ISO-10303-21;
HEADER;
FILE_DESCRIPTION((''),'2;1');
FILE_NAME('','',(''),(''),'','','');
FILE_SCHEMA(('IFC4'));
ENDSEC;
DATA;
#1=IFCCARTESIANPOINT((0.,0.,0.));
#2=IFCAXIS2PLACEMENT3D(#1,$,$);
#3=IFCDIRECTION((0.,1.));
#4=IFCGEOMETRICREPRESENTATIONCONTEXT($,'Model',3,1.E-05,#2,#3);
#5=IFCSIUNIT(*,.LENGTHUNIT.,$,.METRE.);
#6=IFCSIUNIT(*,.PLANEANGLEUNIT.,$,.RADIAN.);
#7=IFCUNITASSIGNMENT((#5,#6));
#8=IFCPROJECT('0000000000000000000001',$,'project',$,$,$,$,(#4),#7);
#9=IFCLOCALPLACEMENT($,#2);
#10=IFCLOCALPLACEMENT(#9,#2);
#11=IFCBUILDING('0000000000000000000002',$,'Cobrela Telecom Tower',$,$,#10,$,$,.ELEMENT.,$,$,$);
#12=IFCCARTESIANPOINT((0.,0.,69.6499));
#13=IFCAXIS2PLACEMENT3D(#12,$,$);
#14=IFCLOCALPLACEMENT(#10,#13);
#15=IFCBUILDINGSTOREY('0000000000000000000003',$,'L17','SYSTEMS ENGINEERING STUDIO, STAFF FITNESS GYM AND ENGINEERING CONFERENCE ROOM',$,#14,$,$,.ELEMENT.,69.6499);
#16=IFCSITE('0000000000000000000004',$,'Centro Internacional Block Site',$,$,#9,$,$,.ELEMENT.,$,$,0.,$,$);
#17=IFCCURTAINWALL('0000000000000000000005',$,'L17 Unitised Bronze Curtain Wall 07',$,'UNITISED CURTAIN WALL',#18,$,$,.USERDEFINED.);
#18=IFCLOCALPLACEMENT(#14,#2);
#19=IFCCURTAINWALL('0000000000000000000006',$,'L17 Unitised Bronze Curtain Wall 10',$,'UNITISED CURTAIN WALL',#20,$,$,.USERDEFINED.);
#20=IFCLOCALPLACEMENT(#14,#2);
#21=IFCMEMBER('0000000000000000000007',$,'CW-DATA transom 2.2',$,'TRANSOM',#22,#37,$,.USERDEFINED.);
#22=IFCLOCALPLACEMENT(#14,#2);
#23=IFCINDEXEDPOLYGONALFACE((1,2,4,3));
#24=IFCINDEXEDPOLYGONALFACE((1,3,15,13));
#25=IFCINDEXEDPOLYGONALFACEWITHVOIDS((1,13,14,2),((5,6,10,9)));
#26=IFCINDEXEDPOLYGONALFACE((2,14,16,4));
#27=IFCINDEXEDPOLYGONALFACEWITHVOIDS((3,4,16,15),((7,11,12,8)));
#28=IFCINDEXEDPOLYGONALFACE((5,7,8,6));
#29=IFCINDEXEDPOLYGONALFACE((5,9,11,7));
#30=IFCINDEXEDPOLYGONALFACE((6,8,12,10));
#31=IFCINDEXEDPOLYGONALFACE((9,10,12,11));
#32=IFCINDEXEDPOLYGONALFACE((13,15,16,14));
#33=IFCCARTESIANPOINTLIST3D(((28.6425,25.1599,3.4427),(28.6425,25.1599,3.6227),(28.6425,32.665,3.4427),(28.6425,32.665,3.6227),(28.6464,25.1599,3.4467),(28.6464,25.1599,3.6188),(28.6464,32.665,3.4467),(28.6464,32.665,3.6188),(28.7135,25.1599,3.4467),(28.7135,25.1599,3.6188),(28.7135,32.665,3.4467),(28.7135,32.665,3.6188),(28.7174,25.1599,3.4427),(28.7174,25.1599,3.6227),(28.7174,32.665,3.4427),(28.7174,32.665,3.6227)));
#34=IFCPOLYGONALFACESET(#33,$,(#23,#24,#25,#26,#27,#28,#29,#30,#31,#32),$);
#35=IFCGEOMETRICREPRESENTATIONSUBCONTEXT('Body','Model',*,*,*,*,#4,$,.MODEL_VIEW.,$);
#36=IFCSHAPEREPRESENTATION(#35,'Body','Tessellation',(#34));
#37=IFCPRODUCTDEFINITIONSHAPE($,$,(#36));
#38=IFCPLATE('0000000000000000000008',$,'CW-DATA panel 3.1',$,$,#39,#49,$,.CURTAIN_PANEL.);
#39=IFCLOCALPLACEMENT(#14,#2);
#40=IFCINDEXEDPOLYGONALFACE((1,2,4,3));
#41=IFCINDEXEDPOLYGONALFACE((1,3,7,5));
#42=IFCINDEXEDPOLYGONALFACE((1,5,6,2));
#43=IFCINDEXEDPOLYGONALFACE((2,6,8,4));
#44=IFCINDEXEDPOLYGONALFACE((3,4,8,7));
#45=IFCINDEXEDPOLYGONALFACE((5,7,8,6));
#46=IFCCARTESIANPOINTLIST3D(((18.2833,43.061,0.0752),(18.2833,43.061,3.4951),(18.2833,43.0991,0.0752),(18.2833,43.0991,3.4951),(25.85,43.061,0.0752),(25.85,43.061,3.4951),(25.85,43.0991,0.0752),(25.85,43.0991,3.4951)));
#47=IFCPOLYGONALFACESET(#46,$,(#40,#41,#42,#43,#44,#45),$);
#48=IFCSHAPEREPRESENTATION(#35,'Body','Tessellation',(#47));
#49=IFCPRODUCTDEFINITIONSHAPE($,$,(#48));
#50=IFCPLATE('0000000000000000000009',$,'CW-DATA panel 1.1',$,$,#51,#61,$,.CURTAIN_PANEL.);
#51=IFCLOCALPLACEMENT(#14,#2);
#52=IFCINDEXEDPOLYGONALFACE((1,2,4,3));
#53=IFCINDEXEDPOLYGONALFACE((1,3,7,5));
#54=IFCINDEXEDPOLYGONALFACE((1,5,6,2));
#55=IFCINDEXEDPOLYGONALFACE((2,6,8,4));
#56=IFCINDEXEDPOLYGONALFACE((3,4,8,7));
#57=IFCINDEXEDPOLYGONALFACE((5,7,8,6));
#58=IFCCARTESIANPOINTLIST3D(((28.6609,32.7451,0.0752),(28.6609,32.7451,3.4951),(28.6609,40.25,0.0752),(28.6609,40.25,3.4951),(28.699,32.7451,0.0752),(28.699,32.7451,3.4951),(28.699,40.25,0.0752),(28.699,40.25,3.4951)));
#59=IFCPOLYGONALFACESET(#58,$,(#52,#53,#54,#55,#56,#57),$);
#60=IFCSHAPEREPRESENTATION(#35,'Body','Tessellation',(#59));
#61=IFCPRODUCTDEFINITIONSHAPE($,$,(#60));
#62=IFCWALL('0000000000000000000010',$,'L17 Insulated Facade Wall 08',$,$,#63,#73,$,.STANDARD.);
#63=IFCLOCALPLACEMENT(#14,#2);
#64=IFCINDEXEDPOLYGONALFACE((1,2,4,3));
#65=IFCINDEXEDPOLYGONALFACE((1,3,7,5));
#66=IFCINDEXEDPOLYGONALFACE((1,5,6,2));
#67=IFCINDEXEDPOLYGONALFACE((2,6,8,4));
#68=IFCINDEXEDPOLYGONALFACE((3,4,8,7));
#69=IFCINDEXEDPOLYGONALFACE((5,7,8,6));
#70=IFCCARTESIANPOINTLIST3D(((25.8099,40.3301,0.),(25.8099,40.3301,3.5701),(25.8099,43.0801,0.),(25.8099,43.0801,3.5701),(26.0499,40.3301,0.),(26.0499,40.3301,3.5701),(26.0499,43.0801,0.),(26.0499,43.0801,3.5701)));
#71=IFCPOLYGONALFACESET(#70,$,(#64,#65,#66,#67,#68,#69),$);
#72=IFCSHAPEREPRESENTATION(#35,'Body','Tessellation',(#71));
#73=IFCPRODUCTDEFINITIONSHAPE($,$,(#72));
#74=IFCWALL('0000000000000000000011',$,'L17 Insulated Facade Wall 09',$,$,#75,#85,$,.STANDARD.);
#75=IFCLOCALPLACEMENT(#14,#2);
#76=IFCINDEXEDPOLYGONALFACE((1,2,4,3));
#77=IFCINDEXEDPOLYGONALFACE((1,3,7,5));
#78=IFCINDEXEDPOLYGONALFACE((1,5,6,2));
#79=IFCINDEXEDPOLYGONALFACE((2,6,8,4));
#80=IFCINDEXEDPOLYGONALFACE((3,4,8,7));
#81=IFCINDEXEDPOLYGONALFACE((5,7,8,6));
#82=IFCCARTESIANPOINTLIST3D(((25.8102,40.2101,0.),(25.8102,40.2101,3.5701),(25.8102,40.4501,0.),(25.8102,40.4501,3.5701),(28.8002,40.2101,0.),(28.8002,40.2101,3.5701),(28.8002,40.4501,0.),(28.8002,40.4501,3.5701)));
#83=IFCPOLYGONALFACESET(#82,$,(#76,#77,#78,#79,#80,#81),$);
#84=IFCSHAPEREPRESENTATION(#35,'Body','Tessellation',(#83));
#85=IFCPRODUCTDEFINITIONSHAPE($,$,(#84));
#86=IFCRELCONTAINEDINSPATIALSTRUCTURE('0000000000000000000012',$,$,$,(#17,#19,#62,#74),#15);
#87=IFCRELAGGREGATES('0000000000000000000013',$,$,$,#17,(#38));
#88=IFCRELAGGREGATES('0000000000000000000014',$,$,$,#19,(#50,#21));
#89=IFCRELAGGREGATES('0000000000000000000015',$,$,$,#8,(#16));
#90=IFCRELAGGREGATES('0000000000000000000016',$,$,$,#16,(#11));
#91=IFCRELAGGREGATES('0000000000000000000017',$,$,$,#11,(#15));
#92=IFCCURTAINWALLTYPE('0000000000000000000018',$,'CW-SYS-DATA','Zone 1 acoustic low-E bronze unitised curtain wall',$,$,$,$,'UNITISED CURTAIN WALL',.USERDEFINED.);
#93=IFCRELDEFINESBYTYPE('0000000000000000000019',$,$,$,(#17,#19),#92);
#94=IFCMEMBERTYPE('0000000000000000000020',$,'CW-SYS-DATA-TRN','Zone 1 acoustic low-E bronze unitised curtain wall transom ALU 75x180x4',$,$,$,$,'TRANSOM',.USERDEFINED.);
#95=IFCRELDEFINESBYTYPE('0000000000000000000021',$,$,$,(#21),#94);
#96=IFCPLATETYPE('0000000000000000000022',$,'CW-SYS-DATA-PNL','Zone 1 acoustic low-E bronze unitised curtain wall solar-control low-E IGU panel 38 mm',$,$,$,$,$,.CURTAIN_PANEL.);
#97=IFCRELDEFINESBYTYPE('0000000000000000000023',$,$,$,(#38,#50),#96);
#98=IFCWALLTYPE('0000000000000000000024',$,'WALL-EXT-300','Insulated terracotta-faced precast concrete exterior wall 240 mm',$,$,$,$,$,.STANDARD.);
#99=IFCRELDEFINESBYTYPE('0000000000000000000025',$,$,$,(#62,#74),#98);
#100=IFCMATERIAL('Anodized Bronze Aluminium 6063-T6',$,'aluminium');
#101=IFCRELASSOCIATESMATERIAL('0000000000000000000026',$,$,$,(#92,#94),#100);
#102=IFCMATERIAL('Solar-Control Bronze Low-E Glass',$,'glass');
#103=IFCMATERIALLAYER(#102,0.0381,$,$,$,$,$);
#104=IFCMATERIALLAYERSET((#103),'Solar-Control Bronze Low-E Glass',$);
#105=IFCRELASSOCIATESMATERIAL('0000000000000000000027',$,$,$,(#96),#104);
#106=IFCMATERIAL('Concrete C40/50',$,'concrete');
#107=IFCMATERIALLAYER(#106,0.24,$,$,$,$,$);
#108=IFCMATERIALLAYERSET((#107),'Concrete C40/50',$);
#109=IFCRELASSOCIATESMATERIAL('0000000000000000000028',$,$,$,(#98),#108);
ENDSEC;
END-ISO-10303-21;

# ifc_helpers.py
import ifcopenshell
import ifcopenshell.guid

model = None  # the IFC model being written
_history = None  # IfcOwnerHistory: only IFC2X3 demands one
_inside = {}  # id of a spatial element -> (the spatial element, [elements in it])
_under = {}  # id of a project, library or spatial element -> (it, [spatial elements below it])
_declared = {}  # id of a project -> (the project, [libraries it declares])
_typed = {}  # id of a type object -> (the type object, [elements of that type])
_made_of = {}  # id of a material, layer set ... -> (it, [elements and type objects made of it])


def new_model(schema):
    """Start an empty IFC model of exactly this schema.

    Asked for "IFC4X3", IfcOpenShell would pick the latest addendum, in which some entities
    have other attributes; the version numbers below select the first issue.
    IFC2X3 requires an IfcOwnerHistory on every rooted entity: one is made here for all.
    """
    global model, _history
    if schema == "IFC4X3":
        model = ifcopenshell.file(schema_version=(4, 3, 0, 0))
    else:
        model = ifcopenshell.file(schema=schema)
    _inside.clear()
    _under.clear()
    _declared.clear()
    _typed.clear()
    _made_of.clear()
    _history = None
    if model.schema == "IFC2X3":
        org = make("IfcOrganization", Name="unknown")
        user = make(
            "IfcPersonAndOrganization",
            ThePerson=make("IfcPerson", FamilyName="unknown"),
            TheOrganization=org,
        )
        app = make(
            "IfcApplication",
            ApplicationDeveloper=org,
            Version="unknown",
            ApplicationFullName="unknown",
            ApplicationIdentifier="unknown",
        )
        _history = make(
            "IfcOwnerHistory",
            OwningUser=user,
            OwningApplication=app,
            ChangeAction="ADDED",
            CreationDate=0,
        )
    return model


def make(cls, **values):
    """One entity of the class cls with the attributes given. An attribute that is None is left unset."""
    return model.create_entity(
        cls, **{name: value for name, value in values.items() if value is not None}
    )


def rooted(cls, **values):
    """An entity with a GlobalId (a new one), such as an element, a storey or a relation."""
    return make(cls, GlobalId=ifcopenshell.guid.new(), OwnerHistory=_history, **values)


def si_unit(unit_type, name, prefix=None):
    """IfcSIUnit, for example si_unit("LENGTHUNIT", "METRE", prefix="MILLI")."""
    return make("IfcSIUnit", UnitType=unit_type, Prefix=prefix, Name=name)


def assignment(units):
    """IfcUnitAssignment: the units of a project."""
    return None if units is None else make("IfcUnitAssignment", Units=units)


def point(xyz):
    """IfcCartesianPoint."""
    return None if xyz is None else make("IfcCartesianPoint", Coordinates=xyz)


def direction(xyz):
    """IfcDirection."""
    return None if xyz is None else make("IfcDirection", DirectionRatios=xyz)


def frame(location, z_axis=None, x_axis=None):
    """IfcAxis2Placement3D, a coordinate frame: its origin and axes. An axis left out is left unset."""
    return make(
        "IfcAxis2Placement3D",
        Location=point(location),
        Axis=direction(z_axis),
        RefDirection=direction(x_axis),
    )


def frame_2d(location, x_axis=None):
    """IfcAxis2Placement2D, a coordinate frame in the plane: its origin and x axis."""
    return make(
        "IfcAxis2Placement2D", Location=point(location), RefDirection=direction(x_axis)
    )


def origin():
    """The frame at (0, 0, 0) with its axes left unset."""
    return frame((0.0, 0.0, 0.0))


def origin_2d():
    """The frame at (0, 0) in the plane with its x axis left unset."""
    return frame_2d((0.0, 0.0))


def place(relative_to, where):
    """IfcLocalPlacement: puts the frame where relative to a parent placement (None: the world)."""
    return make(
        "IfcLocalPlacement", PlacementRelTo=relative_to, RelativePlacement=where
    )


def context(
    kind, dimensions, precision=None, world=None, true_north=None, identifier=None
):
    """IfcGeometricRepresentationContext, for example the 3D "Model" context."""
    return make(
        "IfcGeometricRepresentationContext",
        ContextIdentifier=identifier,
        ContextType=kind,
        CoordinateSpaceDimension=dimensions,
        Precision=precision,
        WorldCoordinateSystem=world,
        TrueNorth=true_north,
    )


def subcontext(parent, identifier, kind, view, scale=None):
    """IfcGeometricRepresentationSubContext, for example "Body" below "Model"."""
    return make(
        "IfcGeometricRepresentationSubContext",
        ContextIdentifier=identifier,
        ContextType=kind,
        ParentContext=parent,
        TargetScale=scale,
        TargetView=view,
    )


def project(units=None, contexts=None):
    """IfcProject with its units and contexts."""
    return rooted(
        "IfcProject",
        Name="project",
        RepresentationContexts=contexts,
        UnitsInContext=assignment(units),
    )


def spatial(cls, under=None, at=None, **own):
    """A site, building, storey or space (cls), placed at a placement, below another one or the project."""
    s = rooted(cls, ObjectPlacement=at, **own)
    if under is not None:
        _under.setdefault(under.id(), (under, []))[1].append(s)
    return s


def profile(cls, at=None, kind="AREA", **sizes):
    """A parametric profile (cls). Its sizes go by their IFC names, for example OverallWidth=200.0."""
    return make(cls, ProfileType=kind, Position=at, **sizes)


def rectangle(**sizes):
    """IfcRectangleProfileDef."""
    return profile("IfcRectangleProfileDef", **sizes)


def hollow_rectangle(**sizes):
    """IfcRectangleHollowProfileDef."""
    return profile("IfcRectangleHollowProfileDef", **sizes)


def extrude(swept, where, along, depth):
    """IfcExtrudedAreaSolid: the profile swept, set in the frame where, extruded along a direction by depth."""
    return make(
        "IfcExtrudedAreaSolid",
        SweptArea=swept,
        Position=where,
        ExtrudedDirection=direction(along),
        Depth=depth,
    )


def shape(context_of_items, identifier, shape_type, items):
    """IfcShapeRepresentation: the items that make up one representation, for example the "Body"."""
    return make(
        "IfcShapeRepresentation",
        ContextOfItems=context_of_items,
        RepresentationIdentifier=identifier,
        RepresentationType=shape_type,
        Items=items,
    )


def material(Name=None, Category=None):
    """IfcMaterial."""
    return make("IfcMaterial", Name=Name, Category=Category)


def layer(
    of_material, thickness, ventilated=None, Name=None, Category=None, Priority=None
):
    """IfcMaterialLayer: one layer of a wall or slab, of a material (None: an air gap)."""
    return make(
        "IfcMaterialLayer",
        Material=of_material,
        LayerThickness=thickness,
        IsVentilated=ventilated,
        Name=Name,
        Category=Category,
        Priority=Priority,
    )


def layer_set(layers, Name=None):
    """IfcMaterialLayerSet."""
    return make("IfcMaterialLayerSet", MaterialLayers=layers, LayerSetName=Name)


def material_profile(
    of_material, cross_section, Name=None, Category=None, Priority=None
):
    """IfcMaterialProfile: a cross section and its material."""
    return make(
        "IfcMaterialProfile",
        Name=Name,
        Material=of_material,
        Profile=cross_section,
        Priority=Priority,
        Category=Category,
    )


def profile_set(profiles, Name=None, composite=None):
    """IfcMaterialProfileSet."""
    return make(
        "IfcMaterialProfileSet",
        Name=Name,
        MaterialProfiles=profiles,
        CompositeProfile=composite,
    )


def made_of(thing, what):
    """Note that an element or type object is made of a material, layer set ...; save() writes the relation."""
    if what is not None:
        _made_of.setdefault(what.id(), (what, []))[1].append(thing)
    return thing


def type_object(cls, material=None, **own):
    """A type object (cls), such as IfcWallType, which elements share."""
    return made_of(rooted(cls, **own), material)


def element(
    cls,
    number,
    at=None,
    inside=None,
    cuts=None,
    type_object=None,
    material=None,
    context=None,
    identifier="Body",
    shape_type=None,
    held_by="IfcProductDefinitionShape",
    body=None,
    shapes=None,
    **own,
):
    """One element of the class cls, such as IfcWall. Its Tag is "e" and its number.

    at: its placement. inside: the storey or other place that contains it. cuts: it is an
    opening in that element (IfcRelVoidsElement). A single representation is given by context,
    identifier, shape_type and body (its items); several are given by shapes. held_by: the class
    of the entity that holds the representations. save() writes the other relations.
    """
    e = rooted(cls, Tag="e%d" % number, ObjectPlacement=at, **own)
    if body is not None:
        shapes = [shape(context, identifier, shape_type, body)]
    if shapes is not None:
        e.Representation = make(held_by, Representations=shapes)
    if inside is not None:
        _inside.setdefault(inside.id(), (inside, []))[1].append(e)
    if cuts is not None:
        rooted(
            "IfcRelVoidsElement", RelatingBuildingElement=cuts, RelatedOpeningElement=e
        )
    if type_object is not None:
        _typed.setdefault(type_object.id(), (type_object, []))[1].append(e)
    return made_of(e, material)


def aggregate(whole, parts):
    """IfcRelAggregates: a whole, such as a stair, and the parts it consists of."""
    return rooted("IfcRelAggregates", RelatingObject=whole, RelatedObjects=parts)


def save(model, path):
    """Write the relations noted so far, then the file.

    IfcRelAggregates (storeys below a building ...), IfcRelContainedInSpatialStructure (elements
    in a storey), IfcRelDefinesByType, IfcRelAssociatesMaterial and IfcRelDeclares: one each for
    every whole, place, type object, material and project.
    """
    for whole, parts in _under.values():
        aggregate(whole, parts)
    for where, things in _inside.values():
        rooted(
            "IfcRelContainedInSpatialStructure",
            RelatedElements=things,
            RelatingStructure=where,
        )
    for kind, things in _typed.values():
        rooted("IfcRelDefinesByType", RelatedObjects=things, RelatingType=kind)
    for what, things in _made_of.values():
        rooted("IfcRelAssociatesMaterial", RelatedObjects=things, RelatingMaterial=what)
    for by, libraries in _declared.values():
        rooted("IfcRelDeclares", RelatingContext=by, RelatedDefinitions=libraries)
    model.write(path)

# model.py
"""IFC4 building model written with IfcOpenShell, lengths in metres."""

from ifc_helpers import new_model, si_unit, direction, frame, frame_2d, origin, origin_2d, place, context, subcontext, project, spatial, rectangle, hollow_rectangle, extrude, material, layer, layer_set, material_profile, profile_set, type_object, element, aggregate, save


model = new_model("IFC4")

# Units and contexts
model_context = context("Model", 3, precision=1e-05, world=origin(), true_north=direction((0.0, 1.0)))
body_context = subcontext(model_context, "Body", "Model", "MODEL_VIEW")
ifc_project = project(units=[si_unit("LENGTHUNIT", "METRE"), si_unit("PLANEANGLEUNIT", "RADIAN")], contexts=[model_context])

# Site, building, storey
site_placement = place(None, origin())
site = spatial("IfcSite", under=ifc_project, at=site_placement, Name="Centro Internacional Block Site", CompositionType="ELEMENT", RefElevation=0.0)
building_placement = place(site_placement, origin())
building = spatial("IfcBuilding", under=site, at=building_placement, Name="Cobrela Telecom Tower", CompositionType="ELEMENT")
storey_placement = place(building_placement, frame((0.0, 0.0, 69.6499)))
storey = spatial("IfcBuildingStorey", under=building, at=storey_placement, Name="L17", Description="SYSTEMS ENGINEERING STUDIO, STAFF FITNESS GYM AND ENGINEERING CONFERENCE ROOM", CompositionType="ELEMENT", Elevation=69.6499)

# Curtain wall
ifc_material_1 = material(Name="Anodized Bronze Aluminium 6063-T6", Category="aluminium")
curtain_wall_type = type_object("IfcCurtainWallType", Name="CW-SYS-DATA", Description="Zone 1 acoustic low-E bronze unitised curtain wall", ElementType="UNITISED CURTAIN WALL", PredefinedType="USERDEFINED", material=ifc_material_1)
curtain_wall_1_placement = place(storey_placement, origin())
curtain_wall_1 = element("IfcCurtainWall", 1, at=curtain_wall_1_placement, inside=storey, type_object=curtain_wall_type, Name="L17 Unitised Bronze Curtain Wall 07", ObjectType="UNITISED CURTAIN WALL", PredefinedType="USERDEFINED")

# Curtain wall, member
curtain_wall_2_placement = place(storey_placement, origin())
curtain_wall_2 = element("IfcCurtainWall", 2, at=curtain_wall_2_placement, inside=storey, type_object=curtain_wall_type, Name="L17 Unitised Bronze Curtain Wall 10", ObjectType="UNITISED CURTAIN WALL", PredefinedType="USERDEFINED")
ifc_material_profile_1 = material_profile(ifc_material_1, hollow_rectangle(XDim=0.075, YDim=0.1799, WallThickness=0.0039, at=origin_2d()), Name="ALU 75x180x4")
ifc_profile_set_1 = profile_set([ifc_material_profile_1], Name="Anodized Bronze Aluminium 6063-T6")
member_type_1 = type_object("IfcMemberType", Name="CW-SYS-DATA-TRN", Description="Zone 1 acoustic low-E bronze unitised curtain wall transom ALU 75x180x4", ElementType="TRANSOM", PredefinedType="USERDEFINED", material=ifc_profile_set_1)
member_1_placement = place(storey_placement, frame((28.6799, 32.665, 3.5327), z_axis=(0.0, -1.0, 0.0), x_axis=(1.0, 0.0, 0.0)))
member_1 = element("IfcMember", 3, at=member_1_placement, type_object=member_type_1, Name="CW-DATA transom 2.2", ObjectType="TRANSOM", PredefinedType="USERDEFINED", context=body_context, shape_type="SweptSolid", body=[
    extrude(hollow_rectangle(XDim=0.075, YDim=0.1799, WallThickness=0.0039, at=origin_2d()), origin(), (0.0, 0.0, 1.0), 7.5051),
])

# Plates
ifc_material_2 = material(Name="Solar-Control Bronze Low-E Glass", Category="glass")
ifc_layer_1 = layer(ifc_material_2, 0.0381)
ifc_layer_set_1 = layer_set([ifc_layer_1], Name="Solar-Control Bronze Low-E Glass")
plate_type = type_object("IfcPlateType", Name="CW-SYS-DATA-PNL", Description="Zone 1 acoustic low-E bronze unitised curtain wall solar-control low-E IGU panel 38 mm", PredefinedType="CURTAIN_PANEL", material=ifc_layer_set_1)
plate_1_placement = place(storey_placement, frame((22.0667, 43.0801, 0.0752), z_axis=(0.0, 0.0, 1.0), x_axis=(1.0, 0.0, 0.0)))
plate_1 = element("IfcPlate", 4, at=plate_1_placement, type_object=plate_type, Name="CW-DATA panel 3.1", PredefinedType="CURTAIN_PANEL", context=body_context, shape_type="SweptSolid", body=[
    extrude(rectangle(XDim=7.5667, YDim=0.0381, at=origin_2d()), origin(), (0.0, 0.0, 1.0), 3.4199),
])
aggregate(curtain_wall_1, [plate_1])
plate_2_placement = place(storey_placement, frame((28.6799, 36.4976, 0.0752), z_axis=(0.0, 0.0, 1.0), x_axis=(0.0, -1.0, 0.0)))
plate_2 = element("IfcPlate", 5, at=plate_2_placement, type_object=plate_type, Name="CW-DATA panel 1.1", PredefinedType="CURTAIN_PANEL", context=body_context, shape_type="SweptSolid", body=[
    extrude(rectangle(XDim=7.5049, YDim=0.0381, at=origin_2d()), origin(), (0.0, 0.0, 1.0), 3.4199),
])
aggregate(curtain_wall_2, [plate_2, member_1])

# Walls
ifc_material_3 = material(Name="Concrete C40/50", Category="concrete")
ifc_layer_2 = layer(ifc_material_3, 0.24)
ifc_layer_set_2 = layer_set([ifc_layer_2], Name="Concrete C40/50")
wall_type = type_object("IfcWallType", Name="WALL-EXT-300", Description="Insulated terracotta-faced precast concrete exterior wall 240 mm", PredefinedType="STANDARD", material=ifc_layer_set_2)
wall_1_placement = place(storey_placement, frame((25.9299, 43.0801, 0.0), z_axis=(0.0, 0.0, 1.0), x_axis=(0.0, -1.0, 0.0)))
element("IfcWall", 6, at=wall_1_placement, inside=storey, type_object=wall_type, Name="L17 Insulated Facade Wall 08", PredefinedType="STANDARD", context=body_context, shape_type="SweptSolid", body=[
    extrude(rectangle(XDim=2.75, YDim=0.24, at=frame_2d((1.375, 0.0))), origin(), (0.0, 0.0, 1.0), 3.5701),
])
wall_2_placement = place(storey_placement, frame((25.8101, 40.3301, 0.0), z_axis=(0.0, 0.0, 1.0), x_axis=(1.0, 0.0, 0.0)))
element("IfcWall", 7, at=wall_2_placement, inside=storey, type_object=wall_type, Name="L17 Insulated Facade Wall 09", PredefinedType="STANDARD", context=body_context, shape_type="SweptSolid", body=[
    extrude(rectangle(XDim=2.99, YDim=0.24, at=frame_2d((1.4951, 0.0))), origin(), (0.0, 0.0, 1.0), 3.5701),
])

save(model, "model.ifc")
